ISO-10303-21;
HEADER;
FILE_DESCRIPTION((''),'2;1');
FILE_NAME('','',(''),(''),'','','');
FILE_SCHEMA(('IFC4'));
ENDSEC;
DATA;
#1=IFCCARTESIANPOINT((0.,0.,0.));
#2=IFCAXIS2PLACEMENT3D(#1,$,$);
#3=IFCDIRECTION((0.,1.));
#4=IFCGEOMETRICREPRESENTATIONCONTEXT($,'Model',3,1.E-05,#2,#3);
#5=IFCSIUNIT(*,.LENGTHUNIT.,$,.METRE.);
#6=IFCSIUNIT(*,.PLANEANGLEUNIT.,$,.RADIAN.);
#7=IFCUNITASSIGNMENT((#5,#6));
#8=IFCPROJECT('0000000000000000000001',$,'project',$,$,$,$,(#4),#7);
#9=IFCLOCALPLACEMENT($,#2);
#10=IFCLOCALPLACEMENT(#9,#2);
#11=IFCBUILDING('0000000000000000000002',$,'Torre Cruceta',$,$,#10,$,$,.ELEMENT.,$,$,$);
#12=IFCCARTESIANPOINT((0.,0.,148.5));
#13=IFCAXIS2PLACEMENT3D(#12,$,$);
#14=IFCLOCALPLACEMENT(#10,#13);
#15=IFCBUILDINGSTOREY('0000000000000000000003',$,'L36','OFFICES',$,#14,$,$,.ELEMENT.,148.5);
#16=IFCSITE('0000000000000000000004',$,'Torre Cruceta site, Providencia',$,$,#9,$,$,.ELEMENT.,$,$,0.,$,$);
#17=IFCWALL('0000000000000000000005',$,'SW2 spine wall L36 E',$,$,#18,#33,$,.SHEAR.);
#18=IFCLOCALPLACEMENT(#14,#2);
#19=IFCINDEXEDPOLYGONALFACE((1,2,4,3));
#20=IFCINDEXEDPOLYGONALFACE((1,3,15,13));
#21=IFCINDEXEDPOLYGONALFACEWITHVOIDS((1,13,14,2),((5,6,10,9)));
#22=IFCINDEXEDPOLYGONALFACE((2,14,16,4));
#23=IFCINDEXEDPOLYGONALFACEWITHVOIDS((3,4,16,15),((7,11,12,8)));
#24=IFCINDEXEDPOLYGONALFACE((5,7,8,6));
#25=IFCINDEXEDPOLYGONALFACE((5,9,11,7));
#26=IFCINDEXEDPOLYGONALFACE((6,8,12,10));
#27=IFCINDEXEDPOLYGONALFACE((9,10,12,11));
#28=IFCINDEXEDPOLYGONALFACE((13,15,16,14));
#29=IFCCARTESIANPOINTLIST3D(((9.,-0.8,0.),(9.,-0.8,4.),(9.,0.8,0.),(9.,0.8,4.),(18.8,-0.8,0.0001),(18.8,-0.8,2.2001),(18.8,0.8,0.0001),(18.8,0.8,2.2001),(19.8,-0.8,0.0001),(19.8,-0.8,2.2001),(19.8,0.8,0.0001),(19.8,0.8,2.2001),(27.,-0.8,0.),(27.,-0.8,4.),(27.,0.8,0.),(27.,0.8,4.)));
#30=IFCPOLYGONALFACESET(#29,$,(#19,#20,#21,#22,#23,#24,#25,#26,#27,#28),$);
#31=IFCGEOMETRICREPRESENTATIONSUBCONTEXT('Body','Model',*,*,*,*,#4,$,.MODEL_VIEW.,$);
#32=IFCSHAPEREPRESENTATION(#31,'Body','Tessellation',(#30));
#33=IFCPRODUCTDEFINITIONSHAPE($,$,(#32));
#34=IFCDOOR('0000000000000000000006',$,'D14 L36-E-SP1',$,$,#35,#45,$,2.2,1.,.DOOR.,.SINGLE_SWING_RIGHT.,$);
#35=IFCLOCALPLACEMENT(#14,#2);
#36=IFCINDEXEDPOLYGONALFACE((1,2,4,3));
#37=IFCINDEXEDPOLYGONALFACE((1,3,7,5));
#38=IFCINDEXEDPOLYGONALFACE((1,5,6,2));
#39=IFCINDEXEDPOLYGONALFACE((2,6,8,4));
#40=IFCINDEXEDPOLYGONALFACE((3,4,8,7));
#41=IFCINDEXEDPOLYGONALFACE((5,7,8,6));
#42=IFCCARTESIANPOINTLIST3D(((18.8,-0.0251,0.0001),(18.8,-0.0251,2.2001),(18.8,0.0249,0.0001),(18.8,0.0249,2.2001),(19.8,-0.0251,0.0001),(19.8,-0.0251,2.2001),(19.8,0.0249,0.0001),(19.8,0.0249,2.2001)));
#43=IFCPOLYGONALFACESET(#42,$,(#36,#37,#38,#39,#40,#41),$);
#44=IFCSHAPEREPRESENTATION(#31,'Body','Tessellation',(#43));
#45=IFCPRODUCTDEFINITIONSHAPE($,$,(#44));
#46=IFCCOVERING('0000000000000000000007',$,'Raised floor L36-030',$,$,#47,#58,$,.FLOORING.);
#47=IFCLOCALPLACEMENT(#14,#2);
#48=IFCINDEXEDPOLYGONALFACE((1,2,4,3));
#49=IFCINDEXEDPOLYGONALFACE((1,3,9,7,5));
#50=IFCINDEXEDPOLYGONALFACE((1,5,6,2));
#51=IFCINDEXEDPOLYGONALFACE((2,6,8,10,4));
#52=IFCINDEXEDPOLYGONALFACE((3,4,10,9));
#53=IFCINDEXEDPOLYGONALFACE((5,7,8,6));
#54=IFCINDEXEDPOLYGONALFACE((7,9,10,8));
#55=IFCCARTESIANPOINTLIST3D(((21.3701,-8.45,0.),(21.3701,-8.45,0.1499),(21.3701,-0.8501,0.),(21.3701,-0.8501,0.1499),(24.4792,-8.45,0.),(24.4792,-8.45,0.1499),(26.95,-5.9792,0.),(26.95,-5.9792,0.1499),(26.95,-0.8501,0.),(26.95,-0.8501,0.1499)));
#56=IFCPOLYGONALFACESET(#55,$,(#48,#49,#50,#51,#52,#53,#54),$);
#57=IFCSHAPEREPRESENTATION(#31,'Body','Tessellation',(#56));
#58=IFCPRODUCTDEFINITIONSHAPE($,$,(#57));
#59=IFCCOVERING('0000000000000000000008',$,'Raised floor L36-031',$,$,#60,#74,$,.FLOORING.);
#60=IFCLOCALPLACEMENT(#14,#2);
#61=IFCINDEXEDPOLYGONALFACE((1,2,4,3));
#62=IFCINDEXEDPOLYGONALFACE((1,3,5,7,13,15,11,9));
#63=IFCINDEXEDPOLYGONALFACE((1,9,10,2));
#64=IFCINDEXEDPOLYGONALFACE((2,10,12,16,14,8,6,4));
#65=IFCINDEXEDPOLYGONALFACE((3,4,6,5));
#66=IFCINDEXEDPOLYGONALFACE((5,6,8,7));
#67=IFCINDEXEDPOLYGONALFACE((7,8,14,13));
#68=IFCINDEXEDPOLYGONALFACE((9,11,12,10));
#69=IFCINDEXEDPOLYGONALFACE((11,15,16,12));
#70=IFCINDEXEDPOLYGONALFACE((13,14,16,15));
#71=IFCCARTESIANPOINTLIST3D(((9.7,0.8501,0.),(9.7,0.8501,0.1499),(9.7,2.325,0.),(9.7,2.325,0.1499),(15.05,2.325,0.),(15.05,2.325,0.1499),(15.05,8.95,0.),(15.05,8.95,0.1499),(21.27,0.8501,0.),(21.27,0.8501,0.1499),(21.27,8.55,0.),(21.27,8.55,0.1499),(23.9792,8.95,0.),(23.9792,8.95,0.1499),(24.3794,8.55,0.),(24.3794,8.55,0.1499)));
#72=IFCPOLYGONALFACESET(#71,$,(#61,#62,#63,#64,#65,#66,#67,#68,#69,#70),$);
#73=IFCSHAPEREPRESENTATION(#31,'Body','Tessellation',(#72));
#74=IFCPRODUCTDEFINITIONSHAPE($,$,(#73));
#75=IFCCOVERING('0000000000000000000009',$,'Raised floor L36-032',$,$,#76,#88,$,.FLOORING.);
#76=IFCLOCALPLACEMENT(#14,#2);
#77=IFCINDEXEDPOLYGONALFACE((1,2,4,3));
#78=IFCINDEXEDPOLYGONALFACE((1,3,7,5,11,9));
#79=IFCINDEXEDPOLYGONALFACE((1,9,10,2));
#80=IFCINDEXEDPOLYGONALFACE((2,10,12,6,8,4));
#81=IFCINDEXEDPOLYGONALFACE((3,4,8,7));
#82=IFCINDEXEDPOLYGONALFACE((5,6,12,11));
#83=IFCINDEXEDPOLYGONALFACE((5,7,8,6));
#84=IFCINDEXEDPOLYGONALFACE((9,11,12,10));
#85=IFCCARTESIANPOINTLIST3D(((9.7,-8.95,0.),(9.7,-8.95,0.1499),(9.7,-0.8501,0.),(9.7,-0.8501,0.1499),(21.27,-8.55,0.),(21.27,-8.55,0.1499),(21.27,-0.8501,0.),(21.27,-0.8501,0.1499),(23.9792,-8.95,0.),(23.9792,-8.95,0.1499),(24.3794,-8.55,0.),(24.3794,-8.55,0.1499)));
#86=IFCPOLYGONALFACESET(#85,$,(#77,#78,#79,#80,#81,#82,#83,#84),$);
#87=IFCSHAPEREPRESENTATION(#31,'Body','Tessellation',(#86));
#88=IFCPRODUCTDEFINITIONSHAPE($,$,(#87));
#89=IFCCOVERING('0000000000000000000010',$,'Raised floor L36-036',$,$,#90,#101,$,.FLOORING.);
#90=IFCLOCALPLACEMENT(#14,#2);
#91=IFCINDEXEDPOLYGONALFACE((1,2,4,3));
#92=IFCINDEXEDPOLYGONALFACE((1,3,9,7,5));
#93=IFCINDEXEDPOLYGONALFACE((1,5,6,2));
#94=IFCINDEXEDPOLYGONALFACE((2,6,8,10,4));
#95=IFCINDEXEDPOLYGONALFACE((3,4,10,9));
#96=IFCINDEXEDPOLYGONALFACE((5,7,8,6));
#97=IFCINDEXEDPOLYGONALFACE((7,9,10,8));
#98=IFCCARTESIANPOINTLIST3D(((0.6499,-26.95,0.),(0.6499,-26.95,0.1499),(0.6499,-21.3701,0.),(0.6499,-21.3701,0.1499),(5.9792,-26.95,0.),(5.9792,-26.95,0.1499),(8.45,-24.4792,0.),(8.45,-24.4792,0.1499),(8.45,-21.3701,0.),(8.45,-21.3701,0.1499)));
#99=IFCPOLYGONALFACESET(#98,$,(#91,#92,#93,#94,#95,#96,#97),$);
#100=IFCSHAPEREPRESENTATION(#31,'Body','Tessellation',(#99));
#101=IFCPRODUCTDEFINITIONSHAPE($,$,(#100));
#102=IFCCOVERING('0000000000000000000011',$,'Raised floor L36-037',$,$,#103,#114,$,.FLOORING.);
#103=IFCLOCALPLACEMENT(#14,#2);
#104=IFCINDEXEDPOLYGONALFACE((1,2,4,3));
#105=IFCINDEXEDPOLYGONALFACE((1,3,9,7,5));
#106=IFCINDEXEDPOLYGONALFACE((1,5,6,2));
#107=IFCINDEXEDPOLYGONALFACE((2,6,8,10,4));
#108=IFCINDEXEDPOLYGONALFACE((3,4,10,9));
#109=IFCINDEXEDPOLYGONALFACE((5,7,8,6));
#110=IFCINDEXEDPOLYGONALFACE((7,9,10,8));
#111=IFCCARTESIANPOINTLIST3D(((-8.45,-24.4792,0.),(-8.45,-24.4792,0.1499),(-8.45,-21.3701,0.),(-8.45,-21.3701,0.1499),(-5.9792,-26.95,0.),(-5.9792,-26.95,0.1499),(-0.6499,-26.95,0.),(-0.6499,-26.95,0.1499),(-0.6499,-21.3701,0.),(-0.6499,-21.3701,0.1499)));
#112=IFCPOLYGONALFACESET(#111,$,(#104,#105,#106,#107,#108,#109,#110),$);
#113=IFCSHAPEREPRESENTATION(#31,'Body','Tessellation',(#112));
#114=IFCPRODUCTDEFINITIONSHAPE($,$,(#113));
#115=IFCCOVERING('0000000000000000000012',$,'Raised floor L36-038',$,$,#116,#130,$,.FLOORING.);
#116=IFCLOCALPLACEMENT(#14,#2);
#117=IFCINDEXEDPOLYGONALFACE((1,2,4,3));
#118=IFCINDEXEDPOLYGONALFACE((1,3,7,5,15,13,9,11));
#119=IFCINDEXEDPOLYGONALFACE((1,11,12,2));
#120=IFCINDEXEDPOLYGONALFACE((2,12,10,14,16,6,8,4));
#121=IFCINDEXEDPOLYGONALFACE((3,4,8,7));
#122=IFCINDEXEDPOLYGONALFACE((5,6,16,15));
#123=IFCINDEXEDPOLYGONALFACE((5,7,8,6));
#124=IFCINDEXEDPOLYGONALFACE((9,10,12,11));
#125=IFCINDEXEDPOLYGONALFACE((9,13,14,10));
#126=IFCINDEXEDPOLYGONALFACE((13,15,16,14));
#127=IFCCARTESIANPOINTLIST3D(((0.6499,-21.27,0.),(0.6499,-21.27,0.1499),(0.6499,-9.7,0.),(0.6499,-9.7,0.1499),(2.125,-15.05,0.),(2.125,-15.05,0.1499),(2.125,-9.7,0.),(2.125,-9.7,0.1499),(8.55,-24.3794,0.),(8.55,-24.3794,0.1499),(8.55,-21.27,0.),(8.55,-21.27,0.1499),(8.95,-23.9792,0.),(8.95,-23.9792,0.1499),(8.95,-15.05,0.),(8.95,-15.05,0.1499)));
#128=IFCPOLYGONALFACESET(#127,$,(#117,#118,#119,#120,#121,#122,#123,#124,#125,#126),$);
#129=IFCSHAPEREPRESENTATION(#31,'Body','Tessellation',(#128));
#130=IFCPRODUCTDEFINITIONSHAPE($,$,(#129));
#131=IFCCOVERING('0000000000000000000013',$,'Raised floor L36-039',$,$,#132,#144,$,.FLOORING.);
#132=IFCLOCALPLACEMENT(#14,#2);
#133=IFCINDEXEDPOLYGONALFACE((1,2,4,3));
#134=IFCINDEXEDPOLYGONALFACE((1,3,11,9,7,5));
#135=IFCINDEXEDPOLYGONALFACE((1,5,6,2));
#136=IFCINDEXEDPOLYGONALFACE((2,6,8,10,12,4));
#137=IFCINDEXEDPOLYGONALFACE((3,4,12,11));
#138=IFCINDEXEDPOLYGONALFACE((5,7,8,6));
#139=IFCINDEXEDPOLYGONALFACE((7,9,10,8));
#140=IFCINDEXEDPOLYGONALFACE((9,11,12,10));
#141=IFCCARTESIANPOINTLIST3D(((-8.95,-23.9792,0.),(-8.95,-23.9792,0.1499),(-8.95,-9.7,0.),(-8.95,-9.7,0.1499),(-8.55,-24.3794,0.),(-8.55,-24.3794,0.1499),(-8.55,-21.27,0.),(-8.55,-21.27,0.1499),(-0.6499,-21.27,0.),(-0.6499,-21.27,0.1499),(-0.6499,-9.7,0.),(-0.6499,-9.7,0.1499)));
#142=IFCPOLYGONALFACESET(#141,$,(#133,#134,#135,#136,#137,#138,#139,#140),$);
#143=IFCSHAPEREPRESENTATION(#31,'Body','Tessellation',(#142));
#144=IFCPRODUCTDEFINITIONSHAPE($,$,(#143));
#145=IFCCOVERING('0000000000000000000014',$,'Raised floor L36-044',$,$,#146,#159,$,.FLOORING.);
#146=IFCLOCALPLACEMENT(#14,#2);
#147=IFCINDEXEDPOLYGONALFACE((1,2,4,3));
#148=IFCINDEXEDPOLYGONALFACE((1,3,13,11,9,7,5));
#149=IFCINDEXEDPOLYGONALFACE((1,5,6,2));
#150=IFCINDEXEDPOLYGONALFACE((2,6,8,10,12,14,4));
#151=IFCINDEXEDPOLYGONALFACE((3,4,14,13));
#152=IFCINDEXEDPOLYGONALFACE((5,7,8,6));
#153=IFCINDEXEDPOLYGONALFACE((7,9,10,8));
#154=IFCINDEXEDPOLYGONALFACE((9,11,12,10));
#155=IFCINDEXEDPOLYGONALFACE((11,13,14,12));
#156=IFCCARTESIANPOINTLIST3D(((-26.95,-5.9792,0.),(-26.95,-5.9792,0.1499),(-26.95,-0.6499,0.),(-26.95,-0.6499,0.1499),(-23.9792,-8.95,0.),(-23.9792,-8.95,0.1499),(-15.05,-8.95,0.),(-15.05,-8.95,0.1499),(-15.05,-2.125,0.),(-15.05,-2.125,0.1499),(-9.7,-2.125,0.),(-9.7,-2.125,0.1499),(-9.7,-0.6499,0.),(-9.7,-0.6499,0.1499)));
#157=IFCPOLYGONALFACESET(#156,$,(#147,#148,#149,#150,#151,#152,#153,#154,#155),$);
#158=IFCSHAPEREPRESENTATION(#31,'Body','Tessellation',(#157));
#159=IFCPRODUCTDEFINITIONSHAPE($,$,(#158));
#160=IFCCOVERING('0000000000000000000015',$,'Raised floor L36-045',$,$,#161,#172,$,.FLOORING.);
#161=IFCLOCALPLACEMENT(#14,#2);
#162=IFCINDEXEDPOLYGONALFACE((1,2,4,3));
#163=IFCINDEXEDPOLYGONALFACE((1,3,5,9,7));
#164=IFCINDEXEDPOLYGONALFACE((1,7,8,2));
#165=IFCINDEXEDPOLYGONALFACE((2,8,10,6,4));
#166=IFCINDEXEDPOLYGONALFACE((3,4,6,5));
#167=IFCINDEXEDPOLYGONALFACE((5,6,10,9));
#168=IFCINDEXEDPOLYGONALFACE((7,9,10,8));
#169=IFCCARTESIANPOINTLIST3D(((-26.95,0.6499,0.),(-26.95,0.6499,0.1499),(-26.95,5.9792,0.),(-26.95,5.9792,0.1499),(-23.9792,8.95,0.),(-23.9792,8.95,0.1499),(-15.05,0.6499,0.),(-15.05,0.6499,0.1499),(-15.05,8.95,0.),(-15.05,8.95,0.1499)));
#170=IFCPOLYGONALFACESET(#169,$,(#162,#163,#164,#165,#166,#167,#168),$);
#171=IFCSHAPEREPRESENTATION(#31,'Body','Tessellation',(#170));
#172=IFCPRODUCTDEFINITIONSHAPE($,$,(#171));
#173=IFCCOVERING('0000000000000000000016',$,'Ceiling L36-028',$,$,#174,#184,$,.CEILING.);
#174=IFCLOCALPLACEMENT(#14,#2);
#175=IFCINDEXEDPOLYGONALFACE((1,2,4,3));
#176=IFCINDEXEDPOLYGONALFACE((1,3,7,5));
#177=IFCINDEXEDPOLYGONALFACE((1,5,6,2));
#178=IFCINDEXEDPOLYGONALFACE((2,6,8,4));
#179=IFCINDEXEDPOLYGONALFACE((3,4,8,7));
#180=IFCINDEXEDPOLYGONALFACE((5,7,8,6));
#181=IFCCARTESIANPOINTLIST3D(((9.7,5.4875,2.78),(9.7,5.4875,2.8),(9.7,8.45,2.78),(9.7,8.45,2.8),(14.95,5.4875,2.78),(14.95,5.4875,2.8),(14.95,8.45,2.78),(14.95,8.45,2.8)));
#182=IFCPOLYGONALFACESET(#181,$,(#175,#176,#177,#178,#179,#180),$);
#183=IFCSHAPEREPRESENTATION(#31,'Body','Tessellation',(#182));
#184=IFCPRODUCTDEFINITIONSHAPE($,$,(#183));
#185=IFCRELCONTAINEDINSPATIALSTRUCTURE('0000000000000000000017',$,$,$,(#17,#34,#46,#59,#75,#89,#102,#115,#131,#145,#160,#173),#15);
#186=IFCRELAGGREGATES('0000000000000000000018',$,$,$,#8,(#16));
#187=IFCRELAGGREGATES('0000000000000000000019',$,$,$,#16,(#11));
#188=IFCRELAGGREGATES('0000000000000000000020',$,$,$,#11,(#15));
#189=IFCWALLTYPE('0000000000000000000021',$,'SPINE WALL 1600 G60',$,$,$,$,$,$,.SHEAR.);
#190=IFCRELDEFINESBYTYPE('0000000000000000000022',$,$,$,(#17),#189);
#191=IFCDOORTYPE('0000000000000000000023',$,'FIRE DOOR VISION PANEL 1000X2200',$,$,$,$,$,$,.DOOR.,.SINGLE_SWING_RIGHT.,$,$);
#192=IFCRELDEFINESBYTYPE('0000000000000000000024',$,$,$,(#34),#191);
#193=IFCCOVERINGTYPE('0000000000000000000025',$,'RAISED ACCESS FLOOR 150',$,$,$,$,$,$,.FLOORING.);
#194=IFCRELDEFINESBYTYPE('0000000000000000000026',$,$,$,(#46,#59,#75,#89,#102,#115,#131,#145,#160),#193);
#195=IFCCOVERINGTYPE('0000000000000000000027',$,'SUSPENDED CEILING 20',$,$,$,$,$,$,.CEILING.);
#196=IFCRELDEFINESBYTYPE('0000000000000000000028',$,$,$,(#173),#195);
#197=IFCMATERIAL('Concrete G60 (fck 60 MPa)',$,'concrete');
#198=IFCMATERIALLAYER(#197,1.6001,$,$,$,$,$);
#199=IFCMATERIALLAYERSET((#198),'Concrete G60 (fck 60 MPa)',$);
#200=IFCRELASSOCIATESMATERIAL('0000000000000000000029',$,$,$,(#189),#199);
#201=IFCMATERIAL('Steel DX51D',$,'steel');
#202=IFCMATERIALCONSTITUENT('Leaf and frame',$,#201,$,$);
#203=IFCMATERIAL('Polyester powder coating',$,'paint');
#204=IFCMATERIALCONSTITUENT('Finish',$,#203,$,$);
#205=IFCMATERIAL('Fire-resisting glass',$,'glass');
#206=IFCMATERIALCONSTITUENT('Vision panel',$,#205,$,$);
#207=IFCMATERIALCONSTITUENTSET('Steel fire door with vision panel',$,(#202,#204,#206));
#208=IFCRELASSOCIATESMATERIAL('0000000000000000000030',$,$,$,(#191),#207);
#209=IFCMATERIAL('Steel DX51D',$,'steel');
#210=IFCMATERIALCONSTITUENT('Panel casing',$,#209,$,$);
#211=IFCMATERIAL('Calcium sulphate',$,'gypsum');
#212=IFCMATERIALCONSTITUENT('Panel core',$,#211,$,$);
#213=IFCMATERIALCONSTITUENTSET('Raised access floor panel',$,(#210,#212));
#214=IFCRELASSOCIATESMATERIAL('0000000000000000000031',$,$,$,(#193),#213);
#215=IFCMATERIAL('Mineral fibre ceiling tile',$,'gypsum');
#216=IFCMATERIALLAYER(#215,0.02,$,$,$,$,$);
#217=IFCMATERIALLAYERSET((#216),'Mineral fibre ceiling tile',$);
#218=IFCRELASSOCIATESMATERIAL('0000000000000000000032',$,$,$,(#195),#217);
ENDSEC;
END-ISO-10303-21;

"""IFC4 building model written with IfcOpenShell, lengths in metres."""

from ifc_helpers import new_model, si_unit, direction, frame, frame_2d, origin, place, context, subcontext, project, spatial, polyline, rectangle, outline, extrude, material, layer, layer_set, constituent, constituent_set, type_object, element, fill, save


model = new_model("IFC4")

# Units and contexts
model_context = context("Model", 3, precision=1e-05, world=origin(), true_north=direction((0.0, 1.0)))
body_context = subcontext(model_context, "Body", "Model", "MODEL_VIEW")
ifc_project = project(units=[si_unit("LENGTHUNIT", "METRE"), si_unit("PLANEANGLEUNIT", "RADIAN")], contexts=[model_context])

# Site, building, storey
site_placement = place(None, origin())
site = spatial("IfcSite", under=ifc_project, at=site_placement, Name="Torre Cruceta site, Providencia", CompositionType="ELEMENT", RefElevation=0.0)
building_placement = place(site_placement, origin())
building = spatial("IfcBuilding", under=site, at=building_placement, Name="Torre Cruceta", CompositionType="ELEMENT")
storey_placement = place(building_placement, frame((0.0, 0.0, 148.5)))
storey = spatial("IfcBuildingStorey", under=building, at=storey_placement, Name="L36", Description="OFFICES", CompositionType="ELEMENT", Elevation=148.5)

# Wall, opening, door
ifc_material_1 = material(Name="Concrete G60 (fck 60 MPa)", Category="concrete")
ifc_layer_1 = layer(ifc_material_1, 1.6001)
ifc_layer_set_1 = layer_set([ifc_layer_1], Name="Concrete G60 (fck 60 MPa)")
wall_type = type_object("IfcWallType", Name="SPINE WALL 1600 G60", PredefinedType="SHEAR", material=ifc_layer_set_1)
wall_placement = place(storey_placement, frame((9.0, 0.0, 0.0), z_axis=(0.0, 0.0, 1.0), x_axis=(1.0, 0.0, 0.0)))
wall = element("IfcWall", 1, at=wall_placement, inside=storey, type_object=wall_type, Name="SW2 spine wall L36 E", PredefinedType="SHEAR", context=body_context, shape_type="SweptSolid", body=[
    extrude(rectangle(XDim=18.0, YDim=1.6001, at=frame_2d((9.0, 0.0))), origin(), (0.0, 0.0, 1.0), 4.0),
])
opening_placement = place(wall_placement, frame((9.8, 0.0, 0.0)))
opening = element("IfcOpeningElement", 2, at=opening_placement, cuts=wall, PredefinedType="OPENING", context=body_context, shape_type="SweptSolid", body=[
    extrude(rectangle(XDim=1.0, YDim=2.2, at=frame_2d((0.5, 1.1001))), frame((0.0, 0.8101, 0.0), z_axis=(0.0, -1.0, 0.0), x_axis=(1.0, 0.0, 0.0)), (0.0, 0.0, 1.0), 1.6201),
])
ifc_material_2 = material(Name="Steel DX51D", Category="steel")
ifc_constituent_1 = constituent(ifc_material_2, Name="Leaf and frame")
ifc_material_3 = material(Name="Polyester powder coating", Category="paint")
ifc_constituent_2 = constituent(ifc_material_3, Name="Finish")
ifc_material_4 = material(Name="Fire-resisting glass", Category="glass")
ifc_constituent_3 = constituent(ifc_material_4, Name="Vision panel")
ifc_constituent_set_1 = constituent_set(constituents=[ifc_constituent_1, ifc_constituent_2, ifc_constituent_3], Name="Steel fire door with vision panel")
door_type = type_object("IfcDoorType", Name="FIRE DOOR VISION PANEL 1000X2200", OperationType="SINGLE_SWING_RIGHT", PredefinedType="DOOR", material=ifc_constituent_set_1)
door_placement = place(opening_placement, origin())
door = element("IfcDoor", 3, at=door_placement, inside=storey, type_object=door_type, Name="D14 L36-E-SP1", OperationType="SINGLE_SWING_RIGHT", OverallHeight=2.2, OverallWidth=1.0, PredefinedType="DOOR", context=body_context, shape_type="SweptSolid", body=[
    extrude(rectangle(XDim=1.0, YDim=2.2, at=frame_2d((0.5, 1.1001))), frame((0.0, 0.0249, 0.0), z_axis=(0.0, -1.0, 0.0), x_axis=(1.0, 0.0, 0.0)), (0.0, 0.0, 1.0), 0.05),
])
fill(opening, door)

# Coverings
ifc_material_5 = material(Name="Steel DX51D", Category="steel")
ifc_constituent_4 = constituent(ifc_material_5, Name="Panel casing")
ifc_material_6 = material(Name="Calcium sulphate", Category="gypsum")
ifc_constituent_5 = constituent(ifc_material_6, Name="Panel core")
ifc_constituent_set_2 = constituent_set(constituents=[ifc_constituent_4, ifc_constituent_5], Name="Raised access floor panel")
covering_type_1 = type_object("IfcCoveringType", Name="RAISED ACCESS FLOOR 150", PredefinedType="FLOORING", material=ifc_constituent_set_2)
covering_1_placement = place(storey_placement, origin())
element("IfcCovering", 4, at=covering_1_placement, inside=storey, type_object=covering_type_1, Name="Raised floor L36-030", PredefinedType="FLOORING", context=body_context, shape_type="SweptSolid", body=[
    extrude(outline(polyline([(24.4792, -8.45), (21.3701, -8.45), (21.3701, -0.8501), (26.95, -0.8501), (26.95, -5.9792), (24.4792, -8.45)])), origin(), (0.0, 0.0, 1.0), 0.1499),
])
covering_2_placement = place(storey_placement, origin())
element("IfcCovering", 5, at=covering_2_placement, inside=storey, type_object=covering_type_1, Name="Raised floor L36-031", PredefinedType="FLOORING", context=body_context, shape_type="SweptSolid", body=[
    extrude(outline(polyline([(21.27, 0.8501), (9.7, 0.8501), (9.7, 2.325), (15.05, 2.325), (15.05, 8.95), (23.9792, 8.95), (24.3794, 8.55), (21.27, 8.55), (21.27, 0.8501)])), origin(), (0.0, 0.0, 1.0), 0.1499),
])
covering_3_placement = place(storey_placement, origin())
element("IfcCovering", 6, at=covering_3_placement, inside=storey, type_object=covering_type_1, Name="Raised floor L36-032", PredefinedType="FLOORING", context=body_context, shape_type="SweptSolid", body=[
    extrude(outline(polyline([(21.27, -8.55), (24.3794, -8.55), (23.9792, -8.95), (9.7, -8.95), (9.7, -0.8501), (21.27, -0.8501), (21.27, -8.55)])), origin(), (0.0, 0.0, 1.0), 0.1499),
])
covering_4_placement = place(storey_placement, origin())
element("IfcCovering", 7, at=covering_4_placement, inside=storey, type_object=covering_type_1, Name="Raised floor L36-036", PredefinedType="FLOORING", context=body_context, shape_type="SweptSolid", body=[
    extrude(outline(polyline([(0.6499, -26.95), (0.6499, -21.3701), (8.45, -21.3701), (8.45, -24.4792), (5.9792, -26.95), (0.6499, -26.95)])), origin(), (0.0, 0.0, 1.0), 0.1499),
])
covering_5_placement = place(storey_placement, origin())
element("IfcCovering", 8, at=covering_5_placement, inside=storey, type_object=covering_type_1, Name="Raised floor L36-037", PredefinedType="FLOORING", context=body_context, shape_type="SweptSolid", body=[
    extrude(outline(polyline([(-8.45, -24.4792), (-8.45, -21.3701), (-0.6499, -21.3701), (-0.6499, -26.95), (-5.9792, -26.95), (-8.45, -24.4792)])), origin(), (0.0, 0.0, 1.0), 0.1499),
])
covering_6_placement = place(storey_placement, origin())
element("IfcCovering", 9, at=covering_6_placement, inside=storey, type_object=covering_type_1, Name="Raised floor L36-038", PredefinedType="FLOORING", context=body_context, shape_type="SweptSolid", body=[
    extrude(outline(polyline([(0.6499, -21.27), (0.6499, -9.7), (2.125, -9.7), (2.125, -15.05), (8.95, -15.05), (8.95, -23.9792), (8.55, -24.3794), (8.55, -21.27), (0.6499, -21.27)])), origin(), (0.0, 0.0, 1.0), 0.1499),
])
covering_7_placement = place(storey_placement, origin())
element("IfcCovering", 10, at=covering_7_placement, inside=storey, type_object=covering_type_1, Name="Raised floor L36-039", PredefinedType="FLOORING", context=body_context, shape_type="SweptSolid", body=[
    extrude(outline(polyline([(-8.55, -21.27), (-8.55, -24.3794), (-8.95, -23.9792), (-8.95, -9.7), (-0.6499, -9.7), (-0.6499, -21.27), (-8.55, -21.27)])), origin(), (0.0, 0.0, 1.0), 0.1499),
])
covering_8_placement = place(storey_placement, origin())
element("IfcCovering", 11, at=covering_8_placement, inside=storey, type_object=covering_type_1, Name="Raised floor L36-044", PredefinedType="FLOORING", context=body_context, shape_type="SweptSolid", body=[
    extrude(outline(polyline([(-26.95, -0.6499), (-9.7, -0.6499), (-9.7, -2.125), (-15.05, -2.125), (-15.05, -8.95), (-23.9792, -8.95), (-26.95, -5.9792), (-26.95, -0.6499)])), origin(), (0.0, 0.0, 1.0), 0.1499),
])
covering_9_placement = place(storey_placement, origin())
element("IfcCovering", 12, at=covering_9_placement, inside=storey, type_object=covering_type_1, Name="Raised floor L36-045", PredefinedType="FLOORING", context=body_context, shape_type="SweptSolid", body=[
    extrude(outline(polyline([(-26.95, 5.9792), (-23.9792, 8.95), (-15.05, 8.95), (-15.05, 0.6499), (-26.95, 0.6499), (-26.95, 5.9792)])), origin(), (0.0, 0.0, 1.0), 0.1499),
])
ifc_material_7 = material(Name="Mineral fibre ceiling tile", Category="gypsum")
ifc_layer_2 = layer(ifc_material_7, 0.02)
ifc_layer_set_2 = layer_set([ifc_layer_2], Name="Mineral fibre ceiling tile")
covering_type_2 = type_object("IfcCoveringType", Name="SUSPENDED CEILING 20", PredefinedType="CEILING", material=ifc_layer_set_2)
covering_10_placement = place(storey_placement, frame((0.0, 0.0, 2.78)))
element("IfcCovering", 13, at=covering_10_placement, inside=storey, type_object=covering_type_2, Name="Ceiling L36-028", PredefinedType="CEILING", context=body_context, shape_type="SweptSolid", body=[
    extrude(outline(polyline([(9.7, 5.4875), (9.7, 8.45), (14.95, 8.45), (14.95, 5.4875), (9.7, 5.4875)])), origin(), (0.0, 0.0, 1.0), 0.02),
])

save(model, "model.ifc")
